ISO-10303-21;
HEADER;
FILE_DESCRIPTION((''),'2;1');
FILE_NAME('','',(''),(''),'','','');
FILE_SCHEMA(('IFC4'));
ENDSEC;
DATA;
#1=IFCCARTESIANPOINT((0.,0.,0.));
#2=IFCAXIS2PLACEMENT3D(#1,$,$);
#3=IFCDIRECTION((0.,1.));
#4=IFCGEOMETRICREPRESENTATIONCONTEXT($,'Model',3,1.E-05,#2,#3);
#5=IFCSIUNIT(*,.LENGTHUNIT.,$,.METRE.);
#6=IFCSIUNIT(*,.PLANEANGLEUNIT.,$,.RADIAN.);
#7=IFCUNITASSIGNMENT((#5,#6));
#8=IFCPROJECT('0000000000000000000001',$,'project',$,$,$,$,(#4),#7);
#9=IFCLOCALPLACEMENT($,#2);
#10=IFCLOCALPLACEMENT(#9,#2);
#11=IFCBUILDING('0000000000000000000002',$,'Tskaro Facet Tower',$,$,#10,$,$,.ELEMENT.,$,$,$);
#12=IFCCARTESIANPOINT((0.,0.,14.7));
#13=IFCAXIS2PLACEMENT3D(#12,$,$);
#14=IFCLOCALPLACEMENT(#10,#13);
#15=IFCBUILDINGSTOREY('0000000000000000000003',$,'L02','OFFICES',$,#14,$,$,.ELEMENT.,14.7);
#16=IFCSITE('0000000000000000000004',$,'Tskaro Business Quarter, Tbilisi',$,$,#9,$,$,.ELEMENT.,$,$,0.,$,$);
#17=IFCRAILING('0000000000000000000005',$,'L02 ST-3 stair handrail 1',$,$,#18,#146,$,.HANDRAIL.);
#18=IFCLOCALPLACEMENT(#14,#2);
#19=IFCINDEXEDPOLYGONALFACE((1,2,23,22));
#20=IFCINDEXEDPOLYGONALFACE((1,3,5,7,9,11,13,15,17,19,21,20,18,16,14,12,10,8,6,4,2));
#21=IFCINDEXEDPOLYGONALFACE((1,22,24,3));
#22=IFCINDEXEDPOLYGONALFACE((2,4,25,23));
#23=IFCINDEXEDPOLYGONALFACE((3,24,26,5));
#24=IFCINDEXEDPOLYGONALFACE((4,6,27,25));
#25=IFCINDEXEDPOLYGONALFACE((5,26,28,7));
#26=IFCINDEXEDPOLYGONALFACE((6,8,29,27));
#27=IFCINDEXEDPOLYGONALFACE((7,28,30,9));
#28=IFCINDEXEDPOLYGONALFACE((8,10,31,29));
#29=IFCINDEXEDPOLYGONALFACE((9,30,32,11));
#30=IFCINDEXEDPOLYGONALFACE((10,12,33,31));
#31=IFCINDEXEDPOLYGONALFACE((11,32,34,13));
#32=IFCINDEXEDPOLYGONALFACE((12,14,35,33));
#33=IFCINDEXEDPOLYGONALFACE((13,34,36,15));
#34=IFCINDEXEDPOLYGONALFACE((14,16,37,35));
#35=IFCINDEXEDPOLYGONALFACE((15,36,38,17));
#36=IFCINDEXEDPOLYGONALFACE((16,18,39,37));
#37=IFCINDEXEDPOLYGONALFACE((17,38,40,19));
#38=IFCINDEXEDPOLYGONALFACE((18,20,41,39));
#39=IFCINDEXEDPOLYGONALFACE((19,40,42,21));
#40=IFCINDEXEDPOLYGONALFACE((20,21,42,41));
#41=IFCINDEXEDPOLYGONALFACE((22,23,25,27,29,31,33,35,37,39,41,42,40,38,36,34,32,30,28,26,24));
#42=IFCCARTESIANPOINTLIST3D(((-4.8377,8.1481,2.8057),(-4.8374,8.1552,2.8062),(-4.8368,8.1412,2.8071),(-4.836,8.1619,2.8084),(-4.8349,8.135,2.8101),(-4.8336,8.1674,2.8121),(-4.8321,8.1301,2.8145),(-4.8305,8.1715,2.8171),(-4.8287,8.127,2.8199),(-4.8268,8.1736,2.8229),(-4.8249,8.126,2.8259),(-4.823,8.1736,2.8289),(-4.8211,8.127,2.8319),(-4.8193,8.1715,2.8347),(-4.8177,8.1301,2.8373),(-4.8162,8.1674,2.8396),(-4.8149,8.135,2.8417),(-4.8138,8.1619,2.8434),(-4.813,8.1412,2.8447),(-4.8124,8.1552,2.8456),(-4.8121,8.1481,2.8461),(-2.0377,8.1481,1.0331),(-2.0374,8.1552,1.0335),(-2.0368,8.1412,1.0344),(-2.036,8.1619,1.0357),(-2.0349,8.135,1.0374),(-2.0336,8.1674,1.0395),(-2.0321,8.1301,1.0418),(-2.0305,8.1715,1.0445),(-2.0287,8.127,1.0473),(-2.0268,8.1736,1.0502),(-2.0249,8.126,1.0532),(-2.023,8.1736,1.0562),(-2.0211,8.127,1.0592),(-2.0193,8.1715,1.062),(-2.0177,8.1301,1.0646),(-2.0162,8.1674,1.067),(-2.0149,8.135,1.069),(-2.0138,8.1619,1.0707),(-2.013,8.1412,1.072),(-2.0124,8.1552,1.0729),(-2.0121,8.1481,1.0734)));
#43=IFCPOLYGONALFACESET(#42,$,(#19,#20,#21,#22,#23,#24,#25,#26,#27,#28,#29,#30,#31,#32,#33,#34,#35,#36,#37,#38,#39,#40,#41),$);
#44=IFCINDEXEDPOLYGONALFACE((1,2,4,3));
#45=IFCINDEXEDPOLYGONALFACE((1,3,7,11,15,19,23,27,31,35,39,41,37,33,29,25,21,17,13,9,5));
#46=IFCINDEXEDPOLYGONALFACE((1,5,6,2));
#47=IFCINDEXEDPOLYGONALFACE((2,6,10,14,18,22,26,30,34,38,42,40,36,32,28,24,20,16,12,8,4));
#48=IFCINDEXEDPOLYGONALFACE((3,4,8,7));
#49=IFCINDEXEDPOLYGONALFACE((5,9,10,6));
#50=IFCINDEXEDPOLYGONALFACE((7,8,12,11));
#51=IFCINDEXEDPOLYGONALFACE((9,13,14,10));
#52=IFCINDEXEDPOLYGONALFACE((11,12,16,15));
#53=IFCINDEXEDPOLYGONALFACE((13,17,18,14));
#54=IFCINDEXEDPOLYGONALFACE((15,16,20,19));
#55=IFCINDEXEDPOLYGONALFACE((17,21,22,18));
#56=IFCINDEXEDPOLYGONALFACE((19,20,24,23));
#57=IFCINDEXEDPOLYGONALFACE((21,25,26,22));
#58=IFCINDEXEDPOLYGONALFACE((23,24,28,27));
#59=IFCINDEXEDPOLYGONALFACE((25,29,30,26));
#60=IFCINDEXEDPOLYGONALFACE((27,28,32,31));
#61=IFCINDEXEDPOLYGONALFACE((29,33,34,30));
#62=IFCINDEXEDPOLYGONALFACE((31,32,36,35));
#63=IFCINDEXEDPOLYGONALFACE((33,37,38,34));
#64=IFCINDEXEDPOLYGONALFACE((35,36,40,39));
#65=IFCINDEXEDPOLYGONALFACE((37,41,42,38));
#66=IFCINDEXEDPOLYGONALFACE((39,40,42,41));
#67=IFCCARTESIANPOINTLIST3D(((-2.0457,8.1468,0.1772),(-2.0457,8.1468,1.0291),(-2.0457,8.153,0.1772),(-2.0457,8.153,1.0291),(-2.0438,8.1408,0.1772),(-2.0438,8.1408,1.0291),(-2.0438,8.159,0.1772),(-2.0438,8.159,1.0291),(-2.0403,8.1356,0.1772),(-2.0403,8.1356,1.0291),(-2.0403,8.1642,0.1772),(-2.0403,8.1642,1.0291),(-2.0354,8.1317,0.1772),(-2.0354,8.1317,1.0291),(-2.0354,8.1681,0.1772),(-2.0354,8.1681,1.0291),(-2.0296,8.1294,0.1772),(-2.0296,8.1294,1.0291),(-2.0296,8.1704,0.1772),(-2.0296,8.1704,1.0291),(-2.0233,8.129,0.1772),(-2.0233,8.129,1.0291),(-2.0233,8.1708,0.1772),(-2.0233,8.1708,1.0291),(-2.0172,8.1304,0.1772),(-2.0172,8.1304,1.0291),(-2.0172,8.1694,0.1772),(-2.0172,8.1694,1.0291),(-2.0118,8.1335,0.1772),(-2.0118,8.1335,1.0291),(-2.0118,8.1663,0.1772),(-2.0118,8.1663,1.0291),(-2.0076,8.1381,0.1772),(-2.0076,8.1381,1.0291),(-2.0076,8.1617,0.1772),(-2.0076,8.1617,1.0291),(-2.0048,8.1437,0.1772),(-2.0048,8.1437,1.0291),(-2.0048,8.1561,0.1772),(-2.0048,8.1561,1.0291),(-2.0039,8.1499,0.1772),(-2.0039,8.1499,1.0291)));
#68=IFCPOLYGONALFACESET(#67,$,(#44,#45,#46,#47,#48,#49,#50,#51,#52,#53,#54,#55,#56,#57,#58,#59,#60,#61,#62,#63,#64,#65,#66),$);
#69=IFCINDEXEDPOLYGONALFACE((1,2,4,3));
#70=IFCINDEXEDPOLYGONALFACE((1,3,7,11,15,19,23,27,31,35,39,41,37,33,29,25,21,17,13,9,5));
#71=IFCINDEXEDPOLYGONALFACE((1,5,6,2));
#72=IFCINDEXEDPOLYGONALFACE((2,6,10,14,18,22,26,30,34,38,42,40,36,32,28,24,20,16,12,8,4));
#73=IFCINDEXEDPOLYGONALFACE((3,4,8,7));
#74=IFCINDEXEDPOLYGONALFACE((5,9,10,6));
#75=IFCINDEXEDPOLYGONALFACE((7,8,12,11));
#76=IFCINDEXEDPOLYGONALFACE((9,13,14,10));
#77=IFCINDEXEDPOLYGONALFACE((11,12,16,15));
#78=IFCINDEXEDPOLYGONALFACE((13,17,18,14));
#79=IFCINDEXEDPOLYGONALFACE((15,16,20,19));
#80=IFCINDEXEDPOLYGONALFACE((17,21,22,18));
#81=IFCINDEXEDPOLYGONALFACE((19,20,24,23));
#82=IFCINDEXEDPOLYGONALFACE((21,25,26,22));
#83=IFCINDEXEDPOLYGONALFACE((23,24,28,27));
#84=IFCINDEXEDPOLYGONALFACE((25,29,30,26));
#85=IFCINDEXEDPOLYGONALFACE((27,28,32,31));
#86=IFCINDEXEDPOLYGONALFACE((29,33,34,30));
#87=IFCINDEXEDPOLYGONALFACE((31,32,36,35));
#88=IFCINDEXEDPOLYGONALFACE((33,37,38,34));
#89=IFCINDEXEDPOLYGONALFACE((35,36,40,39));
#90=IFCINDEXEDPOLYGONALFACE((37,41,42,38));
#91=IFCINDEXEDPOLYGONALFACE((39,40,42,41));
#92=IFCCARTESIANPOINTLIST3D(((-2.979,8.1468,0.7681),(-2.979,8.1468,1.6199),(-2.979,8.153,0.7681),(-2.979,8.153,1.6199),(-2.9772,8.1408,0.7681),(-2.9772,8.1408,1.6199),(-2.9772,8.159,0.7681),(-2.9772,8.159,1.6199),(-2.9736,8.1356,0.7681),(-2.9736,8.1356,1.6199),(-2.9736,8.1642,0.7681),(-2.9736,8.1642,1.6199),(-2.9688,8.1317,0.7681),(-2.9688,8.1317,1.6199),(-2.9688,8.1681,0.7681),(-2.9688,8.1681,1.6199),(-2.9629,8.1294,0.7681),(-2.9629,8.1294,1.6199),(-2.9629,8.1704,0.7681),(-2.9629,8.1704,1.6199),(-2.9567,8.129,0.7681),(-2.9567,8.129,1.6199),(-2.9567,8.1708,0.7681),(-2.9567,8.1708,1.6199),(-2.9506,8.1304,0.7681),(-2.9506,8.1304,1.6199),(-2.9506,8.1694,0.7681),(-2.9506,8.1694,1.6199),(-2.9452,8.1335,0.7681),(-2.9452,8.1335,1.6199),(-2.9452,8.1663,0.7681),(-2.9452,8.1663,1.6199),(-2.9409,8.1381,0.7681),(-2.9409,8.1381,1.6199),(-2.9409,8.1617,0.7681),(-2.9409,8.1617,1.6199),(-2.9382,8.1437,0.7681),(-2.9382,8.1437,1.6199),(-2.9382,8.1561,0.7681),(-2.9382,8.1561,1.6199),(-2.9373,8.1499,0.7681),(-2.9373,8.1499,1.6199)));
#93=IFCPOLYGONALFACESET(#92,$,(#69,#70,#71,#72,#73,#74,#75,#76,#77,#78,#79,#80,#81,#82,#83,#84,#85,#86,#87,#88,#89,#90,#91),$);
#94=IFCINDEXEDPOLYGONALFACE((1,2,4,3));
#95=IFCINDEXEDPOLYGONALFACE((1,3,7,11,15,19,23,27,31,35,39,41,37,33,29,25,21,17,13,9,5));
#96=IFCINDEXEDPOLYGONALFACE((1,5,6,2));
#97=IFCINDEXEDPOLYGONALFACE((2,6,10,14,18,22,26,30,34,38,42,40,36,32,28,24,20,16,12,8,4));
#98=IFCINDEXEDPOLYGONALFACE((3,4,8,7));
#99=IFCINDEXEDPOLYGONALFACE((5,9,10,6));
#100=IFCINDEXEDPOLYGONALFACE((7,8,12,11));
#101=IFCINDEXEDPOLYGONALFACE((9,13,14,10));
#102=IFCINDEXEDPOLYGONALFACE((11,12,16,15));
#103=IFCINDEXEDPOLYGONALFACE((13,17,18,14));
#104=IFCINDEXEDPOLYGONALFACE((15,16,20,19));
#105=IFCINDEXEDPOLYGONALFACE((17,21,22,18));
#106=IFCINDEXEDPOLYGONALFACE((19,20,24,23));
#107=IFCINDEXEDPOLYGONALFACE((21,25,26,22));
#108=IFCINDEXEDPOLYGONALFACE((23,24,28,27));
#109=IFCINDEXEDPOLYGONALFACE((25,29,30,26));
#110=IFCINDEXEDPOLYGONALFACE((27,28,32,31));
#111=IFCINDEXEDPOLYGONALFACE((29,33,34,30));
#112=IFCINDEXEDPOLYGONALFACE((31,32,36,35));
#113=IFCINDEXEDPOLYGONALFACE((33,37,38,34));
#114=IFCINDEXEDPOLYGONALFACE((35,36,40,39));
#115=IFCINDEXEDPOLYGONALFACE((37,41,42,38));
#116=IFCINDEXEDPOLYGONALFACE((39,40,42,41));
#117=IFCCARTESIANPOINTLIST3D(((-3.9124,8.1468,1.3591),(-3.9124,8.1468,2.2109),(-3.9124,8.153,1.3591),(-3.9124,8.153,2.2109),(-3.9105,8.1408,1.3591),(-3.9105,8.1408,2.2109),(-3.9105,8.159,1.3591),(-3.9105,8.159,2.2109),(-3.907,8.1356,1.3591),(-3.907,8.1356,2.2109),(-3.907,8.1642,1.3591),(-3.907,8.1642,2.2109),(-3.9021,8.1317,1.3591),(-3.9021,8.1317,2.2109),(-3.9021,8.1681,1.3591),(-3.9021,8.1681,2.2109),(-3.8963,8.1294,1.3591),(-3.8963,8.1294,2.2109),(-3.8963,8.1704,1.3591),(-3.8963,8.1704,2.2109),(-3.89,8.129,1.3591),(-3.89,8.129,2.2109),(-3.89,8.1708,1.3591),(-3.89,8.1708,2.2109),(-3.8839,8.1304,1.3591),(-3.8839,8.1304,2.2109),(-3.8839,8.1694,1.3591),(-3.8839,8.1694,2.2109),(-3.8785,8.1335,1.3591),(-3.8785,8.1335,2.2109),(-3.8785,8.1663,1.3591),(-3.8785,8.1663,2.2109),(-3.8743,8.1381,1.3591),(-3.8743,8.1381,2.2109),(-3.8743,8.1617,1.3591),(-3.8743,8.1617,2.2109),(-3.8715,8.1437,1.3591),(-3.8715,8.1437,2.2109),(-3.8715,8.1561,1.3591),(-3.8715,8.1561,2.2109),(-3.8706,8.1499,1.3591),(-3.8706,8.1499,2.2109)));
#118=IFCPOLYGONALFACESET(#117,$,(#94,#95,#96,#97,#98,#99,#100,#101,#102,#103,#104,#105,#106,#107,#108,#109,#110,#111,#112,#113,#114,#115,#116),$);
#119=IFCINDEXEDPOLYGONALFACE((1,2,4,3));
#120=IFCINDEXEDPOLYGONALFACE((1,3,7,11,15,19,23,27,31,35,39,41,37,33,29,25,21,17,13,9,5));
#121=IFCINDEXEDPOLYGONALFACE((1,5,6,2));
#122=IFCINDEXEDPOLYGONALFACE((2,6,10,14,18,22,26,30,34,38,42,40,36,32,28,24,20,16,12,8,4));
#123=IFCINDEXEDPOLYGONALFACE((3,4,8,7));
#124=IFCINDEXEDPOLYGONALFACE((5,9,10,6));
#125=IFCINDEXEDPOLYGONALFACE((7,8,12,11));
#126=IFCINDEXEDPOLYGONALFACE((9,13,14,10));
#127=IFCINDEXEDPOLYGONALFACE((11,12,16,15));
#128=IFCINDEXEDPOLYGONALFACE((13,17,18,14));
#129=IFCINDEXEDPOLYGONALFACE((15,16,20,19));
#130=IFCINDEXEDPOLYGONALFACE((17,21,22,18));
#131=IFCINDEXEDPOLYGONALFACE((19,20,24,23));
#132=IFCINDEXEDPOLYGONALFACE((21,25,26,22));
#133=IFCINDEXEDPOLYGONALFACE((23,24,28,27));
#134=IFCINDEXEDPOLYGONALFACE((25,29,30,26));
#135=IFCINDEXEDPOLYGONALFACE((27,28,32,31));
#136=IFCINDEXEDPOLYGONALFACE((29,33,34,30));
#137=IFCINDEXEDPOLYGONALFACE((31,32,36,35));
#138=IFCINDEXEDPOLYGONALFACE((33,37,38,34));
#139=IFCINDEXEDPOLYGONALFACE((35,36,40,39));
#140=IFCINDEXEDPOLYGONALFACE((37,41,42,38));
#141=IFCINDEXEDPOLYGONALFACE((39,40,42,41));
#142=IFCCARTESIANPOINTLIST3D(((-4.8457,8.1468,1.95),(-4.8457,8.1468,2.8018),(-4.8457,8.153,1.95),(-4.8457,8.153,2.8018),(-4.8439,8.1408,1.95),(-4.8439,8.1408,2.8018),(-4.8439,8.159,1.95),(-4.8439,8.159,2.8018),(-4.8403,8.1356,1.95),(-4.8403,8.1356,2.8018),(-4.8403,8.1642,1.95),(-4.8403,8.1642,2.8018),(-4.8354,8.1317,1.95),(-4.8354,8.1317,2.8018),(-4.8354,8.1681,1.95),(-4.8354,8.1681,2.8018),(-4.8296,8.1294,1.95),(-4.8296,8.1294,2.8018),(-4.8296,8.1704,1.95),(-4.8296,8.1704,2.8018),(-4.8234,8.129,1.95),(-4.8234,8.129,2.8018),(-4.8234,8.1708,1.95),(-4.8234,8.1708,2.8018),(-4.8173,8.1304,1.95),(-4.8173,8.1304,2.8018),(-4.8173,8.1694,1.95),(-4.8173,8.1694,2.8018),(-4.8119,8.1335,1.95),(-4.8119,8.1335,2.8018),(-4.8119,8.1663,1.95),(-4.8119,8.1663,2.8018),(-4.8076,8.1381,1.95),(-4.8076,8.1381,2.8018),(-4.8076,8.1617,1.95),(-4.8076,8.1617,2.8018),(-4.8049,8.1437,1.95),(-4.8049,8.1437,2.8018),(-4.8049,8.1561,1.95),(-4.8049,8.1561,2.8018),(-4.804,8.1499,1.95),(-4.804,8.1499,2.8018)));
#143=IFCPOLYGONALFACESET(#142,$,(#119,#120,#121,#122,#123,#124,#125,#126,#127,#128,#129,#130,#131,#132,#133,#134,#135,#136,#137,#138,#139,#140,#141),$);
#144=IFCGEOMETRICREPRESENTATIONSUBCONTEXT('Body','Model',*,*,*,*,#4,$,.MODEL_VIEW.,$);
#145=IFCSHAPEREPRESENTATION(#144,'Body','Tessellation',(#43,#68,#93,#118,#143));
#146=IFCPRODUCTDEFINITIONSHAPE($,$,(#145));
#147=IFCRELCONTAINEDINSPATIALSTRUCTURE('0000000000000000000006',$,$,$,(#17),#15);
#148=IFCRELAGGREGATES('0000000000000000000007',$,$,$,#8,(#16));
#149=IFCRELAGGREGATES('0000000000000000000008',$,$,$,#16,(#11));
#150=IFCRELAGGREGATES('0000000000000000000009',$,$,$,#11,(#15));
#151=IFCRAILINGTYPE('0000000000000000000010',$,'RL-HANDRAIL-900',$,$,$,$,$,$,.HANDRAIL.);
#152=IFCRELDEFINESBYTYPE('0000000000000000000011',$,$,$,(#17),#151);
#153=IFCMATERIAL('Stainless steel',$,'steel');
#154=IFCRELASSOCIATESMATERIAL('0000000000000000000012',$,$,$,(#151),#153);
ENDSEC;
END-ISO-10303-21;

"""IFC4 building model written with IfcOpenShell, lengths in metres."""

from ifc_helpers import new_model, si_unit, direction, frame, origin, origin_2d, place, context, subcontext, project, spatial, circle, extrude, material, type_object, element, save


model = new_model("IFC4")

# Units and contexts
model_context = context("Model", 3, precision=1e-05, world=origin(), true_north=direction((0.0, 1.0)))
body_context = subcontext(model_context, "Body", "Model", "MODEL_VIEW")
ifc_project = project(units=[si_unit("LENGTHUNIT", "METRE"), si_unit("PLANEANGLEUNIT", "RADIAN")], contexts=[model_context])

# Site, building, storey
site_placement = place(None, origin())
site = spatial("IfcSite", under=ifc_project, at=site_placement, Name="Tskaro Business Quarter, Tbilisi", CompositionType="ELEMENT", RefElevation=0.0)
building_placement = place(site_placement, origin())
building = spatial("IfcBuilding", under=site, at=building_placement, Name="Tskaro Facet Tower", CompositionType="ELEMENT")
storey_placement = place(building_placement, frame((0.0, 0.0, 14.7)))
storey = spatial("IfcBuildingStorey", under=building, at=storey_placement, Name="L02", Description="OFFICES", CompositionType="ELEMENT", Elevation=14.7)

# Railing
ifc_material_1 = material(Name="Stainless steel", Category="steel")
railing_type_1 = type_object("IfcRailingType", Name="RL-HANDRAIL-900", PredefinedType="HANDRAIL", material=ifc_material_1)
railing_1_placement = place(storey_placement, frame((-2.0249, 8.1499, 0.1772)))
element("IfcRailing", 1, at=railing_1_placement, inside=storey, type_object=railing_type_1, Name="L02 ST-3 stair handrail 1", PredefinedType="HANDRAIL", context=body_context, shape_type="SweptSolid", body=[
    extrude(circle(Radius=0.0239, at=origin_2d()), frame((0.0, 0.0, 0.876), z_axis=(-0.844909, 0.0, 0.53491), x_axis=(0.0, -1.0, 0.0)), (0.0, 0.0, 1.0), 3.314),
    extrude(circle(Radius=0.021, at=origin_2d()), origin(), (0.0, 0.0, 1.0), 0.8518),
    extrude(circle(Radius=0.021, at=origin_2d()), frame((-0.9333, 0.0, 0.5908)), (0.0, 0.0, 1.0), 0.8518),
    extrude(circle(Radius=0.021, at=origin_2d()), frame((-1.8667, 0.0, 1.1819)), (0.0, 0.0, 1.0), 0.8518),
    extrude(circle(Radius=0.021, at=origin_2d()), frame((-2.8, 0.0, 1.7727)), (0.0, 0.0, 1.0), 0.8518),
])

save(model, "model.ifc")
